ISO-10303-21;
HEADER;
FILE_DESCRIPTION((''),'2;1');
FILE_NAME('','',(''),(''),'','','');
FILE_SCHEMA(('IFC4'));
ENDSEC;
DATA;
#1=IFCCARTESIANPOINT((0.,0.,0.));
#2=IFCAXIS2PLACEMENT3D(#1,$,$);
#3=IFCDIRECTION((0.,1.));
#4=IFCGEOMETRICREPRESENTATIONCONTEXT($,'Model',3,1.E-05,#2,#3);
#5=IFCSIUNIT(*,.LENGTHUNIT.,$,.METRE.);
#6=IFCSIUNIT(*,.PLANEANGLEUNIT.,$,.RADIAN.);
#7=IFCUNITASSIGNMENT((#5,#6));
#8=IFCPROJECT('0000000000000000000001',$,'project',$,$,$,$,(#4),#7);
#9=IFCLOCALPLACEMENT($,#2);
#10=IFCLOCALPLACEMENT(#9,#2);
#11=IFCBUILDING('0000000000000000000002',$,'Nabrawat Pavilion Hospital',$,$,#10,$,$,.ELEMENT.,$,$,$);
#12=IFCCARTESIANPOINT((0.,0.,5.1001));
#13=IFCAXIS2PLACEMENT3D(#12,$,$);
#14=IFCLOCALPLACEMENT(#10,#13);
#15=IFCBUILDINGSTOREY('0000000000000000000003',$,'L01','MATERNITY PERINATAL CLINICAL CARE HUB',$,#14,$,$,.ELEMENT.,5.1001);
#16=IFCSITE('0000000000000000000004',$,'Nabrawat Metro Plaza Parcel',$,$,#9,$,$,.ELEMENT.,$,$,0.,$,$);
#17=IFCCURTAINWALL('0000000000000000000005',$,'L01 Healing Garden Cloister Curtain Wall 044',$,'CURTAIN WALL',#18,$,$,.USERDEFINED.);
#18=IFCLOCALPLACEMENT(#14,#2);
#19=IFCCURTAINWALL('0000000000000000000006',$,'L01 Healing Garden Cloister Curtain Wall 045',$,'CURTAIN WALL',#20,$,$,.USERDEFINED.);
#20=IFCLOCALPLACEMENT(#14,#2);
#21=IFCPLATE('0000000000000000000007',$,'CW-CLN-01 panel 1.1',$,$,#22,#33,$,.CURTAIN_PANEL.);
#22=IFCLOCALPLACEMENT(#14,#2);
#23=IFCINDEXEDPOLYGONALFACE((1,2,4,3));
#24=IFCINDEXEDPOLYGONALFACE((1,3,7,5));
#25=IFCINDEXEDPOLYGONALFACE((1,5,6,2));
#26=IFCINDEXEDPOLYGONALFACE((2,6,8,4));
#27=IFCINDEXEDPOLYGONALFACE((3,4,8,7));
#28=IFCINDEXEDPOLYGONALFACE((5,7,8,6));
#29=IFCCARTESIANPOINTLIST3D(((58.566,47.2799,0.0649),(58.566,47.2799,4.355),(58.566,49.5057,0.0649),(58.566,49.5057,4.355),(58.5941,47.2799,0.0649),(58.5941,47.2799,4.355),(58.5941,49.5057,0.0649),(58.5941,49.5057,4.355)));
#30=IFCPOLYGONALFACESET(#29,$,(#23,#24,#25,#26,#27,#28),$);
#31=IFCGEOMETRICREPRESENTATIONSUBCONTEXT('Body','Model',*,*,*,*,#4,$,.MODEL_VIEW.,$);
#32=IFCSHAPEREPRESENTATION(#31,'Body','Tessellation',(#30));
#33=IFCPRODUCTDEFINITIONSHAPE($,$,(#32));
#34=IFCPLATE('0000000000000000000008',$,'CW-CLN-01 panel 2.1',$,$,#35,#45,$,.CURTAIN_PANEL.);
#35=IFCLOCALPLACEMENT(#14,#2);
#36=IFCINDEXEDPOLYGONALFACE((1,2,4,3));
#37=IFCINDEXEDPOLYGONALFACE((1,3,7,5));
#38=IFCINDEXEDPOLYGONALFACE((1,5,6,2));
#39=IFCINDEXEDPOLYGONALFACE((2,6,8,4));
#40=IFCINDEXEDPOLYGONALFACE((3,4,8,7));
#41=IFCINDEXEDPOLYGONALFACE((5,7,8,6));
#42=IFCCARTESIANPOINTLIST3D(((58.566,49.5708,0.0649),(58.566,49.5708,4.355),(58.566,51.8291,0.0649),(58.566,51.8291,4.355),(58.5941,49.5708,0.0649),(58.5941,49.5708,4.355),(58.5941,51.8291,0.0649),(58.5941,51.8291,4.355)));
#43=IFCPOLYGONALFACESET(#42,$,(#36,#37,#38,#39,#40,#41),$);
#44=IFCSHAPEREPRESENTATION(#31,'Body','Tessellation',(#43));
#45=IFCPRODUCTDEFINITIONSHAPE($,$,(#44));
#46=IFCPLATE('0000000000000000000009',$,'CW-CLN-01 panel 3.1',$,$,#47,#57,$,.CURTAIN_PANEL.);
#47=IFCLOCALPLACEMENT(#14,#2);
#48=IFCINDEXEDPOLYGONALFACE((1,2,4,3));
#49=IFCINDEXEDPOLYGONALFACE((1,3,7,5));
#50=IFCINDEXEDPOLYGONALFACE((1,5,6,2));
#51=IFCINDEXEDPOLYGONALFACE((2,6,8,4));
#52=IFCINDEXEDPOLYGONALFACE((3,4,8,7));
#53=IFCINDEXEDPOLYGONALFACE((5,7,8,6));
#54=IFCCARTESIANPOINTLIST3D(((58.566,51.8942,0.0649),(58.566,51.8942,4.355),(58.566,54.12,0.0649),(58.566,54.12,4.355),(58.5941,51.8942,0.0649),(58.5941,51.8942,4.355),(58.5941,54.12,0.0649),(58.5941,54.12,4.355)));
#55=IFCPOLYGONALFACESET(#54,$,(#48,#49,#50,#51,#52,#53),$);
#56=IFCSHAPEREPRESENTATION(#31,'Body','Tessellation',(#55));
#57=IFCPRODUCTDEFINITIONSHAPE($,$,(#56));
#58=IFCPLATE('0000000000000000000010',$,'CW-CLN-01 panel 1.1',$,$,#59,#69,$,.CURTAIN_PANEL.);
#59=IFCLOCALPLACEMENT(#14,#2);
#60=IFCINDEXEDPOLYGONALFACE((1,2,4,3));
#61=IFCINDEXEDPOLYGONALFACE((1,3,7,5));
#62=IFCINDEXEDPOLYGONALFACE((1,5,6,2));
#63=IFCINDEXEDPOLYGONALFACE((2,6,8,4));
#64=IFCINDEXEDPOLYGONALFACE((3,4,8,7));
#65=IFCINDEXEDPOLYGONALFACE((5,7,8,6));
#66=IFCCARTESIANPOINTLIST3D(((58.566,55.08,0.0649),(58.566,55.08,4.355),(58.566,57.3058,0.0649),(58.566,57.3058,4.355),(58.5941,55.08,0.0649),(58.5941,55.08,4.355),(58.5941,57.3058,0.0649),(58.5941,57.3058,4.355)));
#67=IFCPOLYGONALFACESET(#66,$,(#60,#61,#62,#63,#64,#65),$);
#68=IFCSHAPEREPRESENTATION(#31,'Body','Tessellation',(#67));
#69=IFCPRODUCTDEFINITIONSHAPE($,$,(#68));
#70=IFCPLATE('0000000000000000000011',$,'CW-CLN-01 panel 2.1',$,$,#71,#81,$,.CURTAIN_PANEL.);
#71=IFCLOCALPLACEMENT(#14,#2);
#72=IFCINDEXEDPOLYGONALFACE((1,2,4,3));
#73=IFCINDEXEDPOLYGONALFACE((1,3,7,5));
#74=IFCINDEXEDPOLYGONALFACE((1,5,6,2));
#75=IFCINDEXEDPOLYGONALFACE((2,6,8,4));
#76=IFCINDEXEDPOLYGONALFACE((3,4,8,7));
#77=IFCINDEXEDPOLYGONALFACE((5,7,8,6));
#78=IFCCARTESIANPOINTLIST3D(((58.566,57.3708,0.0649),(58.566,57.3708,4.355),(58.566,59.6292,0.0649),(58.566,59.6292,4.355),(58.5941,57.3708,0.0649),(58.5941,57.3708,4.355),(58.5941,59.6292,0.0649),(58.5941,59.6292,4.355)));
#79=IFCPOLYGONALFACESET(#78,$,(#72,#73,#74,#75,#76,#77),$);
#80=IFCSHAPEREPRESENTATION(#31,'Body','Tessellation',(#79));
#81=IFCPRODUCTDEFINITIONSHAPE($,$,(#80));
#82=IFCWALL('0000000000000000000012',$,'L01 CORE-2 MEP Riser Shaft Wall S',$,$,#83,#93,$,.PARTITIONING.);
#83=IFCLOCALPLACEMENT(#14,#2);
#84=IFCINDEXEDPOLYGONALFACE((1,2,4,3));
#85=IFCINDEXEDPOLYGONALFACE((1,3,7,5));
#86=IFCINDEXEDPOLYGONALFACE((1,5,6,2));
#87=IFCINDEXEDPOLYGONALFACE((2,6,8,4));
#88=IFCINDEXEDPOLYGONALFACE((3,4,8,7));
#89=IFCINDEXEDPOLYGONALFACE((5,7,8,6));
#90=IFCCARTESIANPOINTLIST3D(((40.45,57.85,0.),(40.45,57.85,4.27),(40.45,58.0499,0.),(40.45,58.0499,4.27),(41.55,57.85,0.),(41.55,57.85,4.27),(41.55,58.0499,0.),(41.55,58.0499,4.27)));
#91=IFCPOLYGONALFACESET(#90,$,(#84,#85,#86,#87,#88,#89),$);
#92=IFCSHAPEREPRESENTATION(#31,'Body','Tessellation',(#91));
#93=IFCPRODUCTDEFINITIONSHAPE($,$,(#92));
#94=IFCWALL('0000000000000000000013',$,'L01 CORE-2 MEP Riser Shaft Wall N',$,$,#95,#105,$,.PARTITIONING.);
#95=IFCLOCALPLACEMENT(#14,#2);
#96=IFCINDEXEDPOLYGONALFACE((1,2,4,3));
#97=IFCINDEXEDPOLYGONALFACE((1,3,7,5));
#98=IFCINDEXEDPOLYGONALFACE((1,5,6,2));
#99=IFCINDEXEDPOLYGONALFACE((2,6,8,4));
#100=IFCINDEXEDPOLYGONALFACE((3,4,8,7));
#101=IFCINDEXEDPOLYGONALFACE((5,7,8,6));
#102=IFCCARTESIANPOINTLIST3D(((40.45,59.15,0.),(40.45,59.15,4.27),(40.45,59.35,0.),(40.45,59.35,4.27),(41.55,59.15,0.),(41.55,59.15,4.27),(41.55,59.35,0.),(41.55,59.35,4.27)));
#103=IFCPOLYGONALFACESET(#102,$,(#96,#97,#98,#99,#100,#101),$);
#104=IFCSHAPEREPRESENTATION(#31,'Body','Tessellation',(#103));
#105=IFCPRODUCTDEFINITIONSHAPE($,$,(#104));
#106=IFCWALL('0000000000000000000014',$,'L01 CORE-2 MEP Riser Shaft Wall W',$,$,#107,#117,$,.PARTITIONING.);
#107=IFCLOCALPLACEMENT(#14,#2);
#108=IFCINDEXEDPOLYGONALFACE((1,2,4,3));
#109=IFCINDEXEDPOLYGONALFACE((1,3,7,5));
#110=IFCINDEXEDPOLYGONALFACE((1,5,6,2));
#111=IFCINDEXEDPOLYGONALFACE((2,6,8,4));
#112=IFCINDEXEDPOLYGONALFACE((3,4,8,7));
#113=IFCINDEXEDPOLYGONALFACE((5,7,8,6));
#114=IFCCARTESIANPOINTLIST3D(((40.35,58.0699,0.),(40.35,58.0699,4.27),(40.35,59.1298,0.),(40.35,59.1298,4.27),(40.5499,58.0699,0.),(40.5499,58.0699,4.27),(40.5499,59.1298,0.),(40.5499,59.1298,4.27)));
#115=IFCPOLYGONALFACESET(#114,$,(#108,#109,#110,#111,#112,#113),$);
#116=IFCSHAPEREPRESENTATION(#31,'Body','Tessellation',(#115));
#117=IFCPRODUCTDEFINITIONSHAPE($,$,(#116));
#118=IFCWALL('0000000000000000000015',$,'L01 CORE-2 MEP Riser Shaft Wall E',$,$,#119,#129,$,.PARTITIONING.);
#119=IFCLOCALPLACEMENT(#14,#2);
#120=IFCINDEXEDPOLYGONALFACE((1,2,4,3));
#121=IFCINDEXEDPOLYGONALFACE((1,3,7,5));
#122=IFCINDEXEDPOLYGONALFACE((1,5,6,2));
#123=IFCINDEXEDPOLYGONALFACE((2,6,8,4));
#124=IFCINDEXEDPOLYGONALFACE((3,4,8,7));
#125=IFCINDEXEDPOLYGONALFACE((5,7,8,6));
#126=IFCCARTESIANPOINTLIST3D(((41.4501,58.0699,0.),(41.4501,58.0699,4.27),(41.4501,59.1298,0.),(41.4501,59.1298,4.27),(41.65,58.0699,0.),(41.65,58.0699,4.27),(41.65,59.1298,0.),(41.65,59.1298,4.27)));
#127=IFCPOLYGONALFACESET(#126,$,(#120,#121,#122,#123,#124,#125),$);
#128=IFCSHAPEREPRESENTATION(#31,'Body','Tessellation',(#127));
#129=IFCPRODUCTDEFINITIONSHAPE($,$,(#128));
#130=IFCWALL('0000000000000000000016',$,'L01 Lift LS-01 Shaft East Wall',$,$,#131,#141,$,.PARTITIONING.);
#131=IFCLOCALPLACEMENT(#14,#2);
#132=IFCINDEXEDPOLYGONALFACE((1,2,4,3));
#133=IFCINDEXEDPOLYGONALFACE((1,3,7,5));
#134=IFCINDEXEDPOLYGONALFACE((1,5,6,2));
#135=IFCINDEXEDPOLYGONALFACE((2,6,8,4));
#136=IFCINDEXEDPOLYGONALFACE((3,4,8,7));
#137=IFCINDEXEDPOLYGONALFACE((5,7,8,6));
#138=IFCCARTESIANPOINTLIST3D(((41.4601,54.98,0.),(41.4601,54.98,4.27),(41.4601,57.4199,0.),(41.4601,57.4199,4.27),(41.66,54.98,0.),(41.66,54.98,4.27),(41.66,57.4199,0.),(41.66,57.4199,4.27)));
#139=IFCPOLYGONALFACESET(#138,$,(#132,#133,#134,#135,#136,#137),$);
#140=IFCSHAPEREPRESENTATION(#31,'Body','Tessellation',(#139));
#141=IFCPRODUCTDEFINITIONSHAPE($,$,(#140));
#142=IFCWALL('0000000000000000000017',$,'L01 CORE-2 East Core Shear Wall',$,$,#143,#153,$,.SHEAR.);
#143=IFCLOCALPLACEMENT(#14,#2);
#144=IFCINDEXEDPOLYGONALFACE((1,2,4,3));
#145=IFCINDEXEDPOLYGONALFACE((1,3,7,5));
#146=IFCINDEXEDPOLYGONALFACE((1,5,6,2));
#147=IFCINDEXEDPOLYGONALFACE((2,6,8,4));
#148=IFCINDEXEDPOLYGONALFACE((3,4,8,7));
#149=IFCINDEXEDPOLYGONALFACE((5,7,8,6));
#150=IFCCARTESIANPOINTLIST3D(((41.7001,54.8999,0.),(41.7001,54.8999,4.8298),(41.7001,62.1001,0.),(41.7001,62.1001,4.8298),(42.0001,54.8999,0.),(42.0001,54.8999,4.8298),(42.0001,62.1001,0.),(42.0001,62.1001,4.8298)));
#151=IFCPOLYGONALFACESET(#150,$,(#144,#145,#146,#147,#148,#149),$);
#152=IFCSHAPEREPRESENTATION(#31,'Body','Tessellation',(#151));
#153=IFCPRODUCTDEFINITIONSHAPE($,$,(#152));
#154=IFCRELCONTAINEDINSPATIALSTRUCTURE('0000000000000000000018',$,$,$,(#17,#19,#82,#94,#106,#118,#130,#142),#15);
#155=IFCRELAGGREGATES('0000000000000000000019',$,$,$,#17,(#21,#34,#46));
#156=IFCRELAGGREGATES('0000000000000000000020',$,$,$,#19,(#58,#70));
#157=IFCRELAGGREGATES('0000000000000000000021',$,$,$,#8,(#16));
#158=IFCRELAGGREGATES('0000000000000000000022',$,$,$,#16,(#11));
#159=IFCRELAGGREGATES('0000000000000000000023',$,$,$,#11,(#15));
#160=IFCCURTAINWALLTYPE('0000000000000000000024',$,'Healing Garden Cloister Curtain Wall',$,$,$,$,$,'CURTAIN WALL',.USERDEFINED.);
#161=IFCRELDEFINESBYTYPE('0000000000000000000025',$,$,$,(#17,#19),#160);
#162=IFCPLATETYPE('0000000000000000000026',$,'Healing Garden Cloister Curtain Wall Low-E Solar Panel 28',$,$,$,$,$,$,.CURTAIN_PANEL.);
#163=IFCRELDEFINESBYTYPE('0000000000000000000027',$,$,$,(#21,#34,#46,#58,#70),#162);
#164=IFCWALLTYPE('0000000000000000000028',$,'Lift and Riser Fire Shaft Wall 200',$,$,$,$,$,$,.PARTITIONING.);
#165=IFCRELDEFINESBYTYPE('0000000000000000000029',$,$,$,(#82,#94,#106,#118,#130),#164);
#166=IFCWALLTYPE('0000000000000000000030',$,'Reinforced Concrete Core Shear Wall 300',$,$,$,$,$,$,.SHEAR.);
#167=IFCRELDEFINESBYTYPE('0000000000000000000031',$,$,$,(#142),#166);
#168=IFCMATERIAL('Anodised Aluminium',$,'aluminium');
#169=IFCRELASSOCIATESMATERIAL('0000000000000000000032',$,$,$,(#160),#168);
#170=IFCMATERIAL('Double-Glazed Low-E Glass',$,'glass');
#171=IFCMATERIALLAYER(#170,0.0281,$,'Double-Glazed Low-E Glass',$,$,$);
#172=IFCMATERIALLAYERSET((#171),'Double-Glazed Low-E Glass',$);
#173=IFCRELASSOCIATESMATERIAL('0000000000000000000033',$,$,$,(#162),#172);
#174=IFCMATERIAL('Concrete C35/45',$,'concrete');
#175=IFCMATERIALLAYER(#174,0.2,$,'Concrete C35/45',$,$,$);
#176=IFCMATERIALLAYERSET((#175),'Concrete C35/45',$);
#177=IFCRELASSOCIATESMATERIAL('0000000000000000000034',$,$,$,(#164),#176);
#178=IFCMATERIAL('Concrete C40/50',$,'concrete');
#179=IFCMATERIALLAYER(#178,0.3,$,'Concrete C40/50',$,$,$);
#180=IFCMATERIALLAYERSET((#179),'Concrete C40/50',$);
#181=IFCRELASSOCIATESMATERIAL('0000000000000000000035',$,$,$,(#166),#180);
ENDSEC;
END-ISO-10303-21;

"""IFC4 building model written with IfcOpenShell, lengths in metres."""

from ifc_helpers import new_model, si_unit, direction, frame, frame_2d, origin, origin_2d, place, context, subcontext, project, spatial, rectangle, extrude, material, layer, layer_set, type_object, element, aggregate, save


model = new_model("IFC4")

# Units and contexts
model_context = context("Model", 3, precision=1e-05, world=origin(), true_north=direction((0.0, 1.0)))
body_context = subcontext(model_context, "Body", "Model", "MODEL_VIEW")
ifc_project = project(units=[si_unit("LENGTHUNIT", "METRE"), si_unit("PLANEANGLEUNIT", "RADIAN")], contexts=[model_context])

# Site, building, storey
site_placement = place(None, origin())
site = spatial("IfcSite", under=ifc_project, at=site_placement, Name="Nabrawat Metro Plaza Parcel", CompositionType="ELEMENT", RefElevation=0.0)
building_placement = place(site_placement, origin())
building = spatial("IfcBuilding", under=site, at=building_placement, Name="Nabrawat Pavilion Hospital", CompositionType="ELEMENT")
storey_placement = place(building_placement, frame((0.0, 0.0, 5.1001)))
storey = spatial("IfcBuildingStorey", under=building, at=storey_placement, Name="L01", Description="MATERNITY PERINATAL CLINICAL CARE HUB", CompositionType="ELEMENT", Elevation=5.1001)

# Curtain walls
ifc_material_1 = material(Name="Anodised Aluminium", Category="aluminium")
curtain_wall_type = type_object("IfcCurtainWallType", Name="Healing Garden Cloister Curtain Wall", ElementType="CURTAIN WALL", PredefinedType="USERDEFINED", material=ifc_material_1)
curtain_wall_1_placement = place(storey_placement, origin())
curtain_wall_1 = element("IfcCurtainWall", 1, at=curtain_wall_1_placement, inside=storey, type_object=curtain_wall_type, Name="L01 Healing Garden Cloister Curtain Wall 044", ObjectType="CURTAIN WALL", PredefinedType="USERDEFINED")
curtain_wall_2_placement = place(storey_placement, origin())
curtain_wall_2 = element("IfcCurtainWall", 2, at=curtain_wall_2_placement, inside=storey, type_object=curtain_wall_type, Name="L01 Healing Garden Cloister Curtain Wall 045", ObjectType="CURTAIN WALL", PredefinedType="USERDEFINED")

# Plates
ifc_material_2 = material(Name="Double-Glazed Low-E Glass", Category="glass")
ifc_layer_1 = layer(ifc_material_2, 0.0281, Name="Double-Glazed Low-E Glass")
ifc_layer_set_1 = layer_set([ifc_layer_1], Name="Double-Glazed Low-E Glass")
plate_type = type_object("IfcPlateType", Name="Healing Garden Cloister Curtain Wall Low-E Solar Panel 28", PredefinedType="CURTAIN_PANEL", material=ifc_layer_set_1)
plate_1_placement = place(storey_placement, frame((58.5801, 48.3928, 0.0649), z_axis=(0.0, 0.0, 1.0), x_axis=(0.0, 1.0, 0.0)))
plate_1 = element("IfcPlate", 3, at=plate_1_placement, type_object=plate_type, Name="CW-CLN-01 panel 1.1", PredefinedType="CURTAIN_PANEL", context=body_context, shape_type="SweptSolid", body=[
    extrude(rectangle(XDim=2.2258, YDim=0.0281, at=origin_2d()), origin(), (0.0, 0.0, 1.0), 4.29),
])
plate_2_placement = place(storey_placement, frame((58.5801, 50.7, 0.0649), z_axis=(0.0, 0.0, 1.0), x_axis=(0.0, 1.0, 0.0)))
plate_2 = element("IfcPlate", 4, at=plate_2_placement, type_object=plate_type, Name="CW-CLN-01 panel 2.1", PredefinedType="CURTAIN_PANEL", context=body_context, shape_type="SweptSolid", body=[
    extrude(rectangle(XDim=2.2583, YDim=0.0281, at=origin_2d()), origin(), (0.0, 0.0, 1.0), 4.29),
])
plate_3_placement = place(storey_placement, frame((58.5801, 53.0071, 0.0649), z_axis=(0.0, 0.0, 1.0), x_axis=(0.0, 1.0, 0.0)))
plate_3 = element("IfcPlate", 5, at=plate_3_placement, type_object=plate_type, Name="CW-CLN-01 panel 3.1", PredefinedType="CURTAIN_PANEL", context=body_context, shape_type="SweptSolid", body=[
    extrude(rectangle(XDim=2.2258, YDim=0.0281, at=origin_2d()), origin(), (0.0, 0.0, 1.0), 4.29),
])
aggregate(curtain_wall_1, [plate_1, plate_2, plate_3])
plate_4_placement = place(storey_placement, frame((58.5801, 56.1929, 0.0649), z_axis=(0.0, 0.0, 1.0), x_axis=(0.0, 1.0, 0.0)))
plate_4 = element("IfcPlate", 6, at=plate_4_placement, type_object=plate_type, Name="CW-CLN-01 panel 1.1", PredefinedType="CURTAIN_PANEL", context=body_context, shape_type="SweptSolid", body=[
    extrude(rectangle(XDim=2.2258, YDim=0.0281, at=origin_2d()), origin(), (0.0, 0.0, 1.0), 4.29),
])
plate_5_placement = place(storey_placement, frame((58.5801, 58.5, 0.0649), z_axis=(0.0, 0.0, 1.0), x_axis=(0.0, 1.0, 0.0)))
plate_5 = element("IfcPlate", 7, at=plate_5_placement, type_object=plate_type, Name="CW-CLN-01 panel 2.1", PredefinedType="CURTAIN_PANEL", context=body_context, shape_type="SweptSolid", body=[
    extrude(rectangle(XDim=2.2583, YDim=0.0281, at=origin_2d()), origin(), (0.0, 0.0, 1.0), 4.29),
])
aggregate(curtain_wall_2, [plate_4, plate_5])

# Walls
ifc_material_3 = material(Name="Concrete C35/45", Category="concrete")
ifc_layer_2 = layer(ifc_material_3, 0.2, Name="Concrete C35/45")
ifc_layer_set_2 = layer_set([ifc_layer_2], Name="Concrete C35/45")
wall_type_1 = type_object("IfcWallType", Name="Lift and Riser Fire Shaft Wall 200", PredefinedType="PARTITIONING", material=ifc_layer_set_2)
for number, where, z_axis, x_axis, name in (
    (8, (40.45, 57.95, 0.0), (0.0, 0.0, 1.0), (1.0, 0.0, 0.0), "L01 CORE-2 MEP Riser Shaft Wall S"),
    (9, (40.45, 59.25, 0.0), (0.0, 0.0, 1.0), (1.0, 0.0, 0.0), "L01 CORE-2 MEP Riser Shaft Wall N"),
):
    element("IfcWall", number, at=place(storey_placement, frame(where, z_axis=z_axis, x_axis=x_axis)), inside=storey, type_object=wall_type_1, Name=name, PredefinedType="PARTITIONING", context=body_context, shape_type="SweptSolid", body=[
        extrude(rectangle(XDim=1.1001, YDim=0.2, at=frame_2d((0.55, 0.0))), origin(), (0.0, 0.0, 1.0), 4.27),
    ])
for number, where, z_axis, x_axis, name in (
    (10, (40.45, 58.0701, 0.0), (0.0, 0.0, 1.0), (0.0, 1.0, 0.0), "L01 CORE-2 MEP Riser Shaft Wall W"),
    (11, (41.55, 58.0701, 0.0), (0.0, 0.0, 1.0), (0.0, 1.0, 0.0), "L01 CORE-2 MEP Riser Shaft Wall E"),
):
    element("IfcWall", number, at=place(storey_placement, frame(where, z_axis=z_axis, x_axis=x_axis)), inside=storey, type_object=wall_type_1, Name=name, PredefinedType="PARTITIONING", context=body_context, shape_type="SweptSolid", body=[
        extrude(rectangle(XDim=1.0598, YDim=0.2, at=frame_2d((0.5298, 0.0))), origin(), (0.0, 0.0, 1.0), 4.27),
    ])
wall_1_placement = place(storey_placement, frame((41.5601, 54.98, 0.0), z_axis=(0.0, 0.0, 1.0), x_axis=(0.0, 1.0, 0.0)))
element("IfcWall", 12, at=wall_1_placement, inside=storey, type_object=wall_type_1, Name="L01 Lift LS-01 Shaft East Wall", PredefinedType="PARTITIONING", context=body_context, shape_type="SweptSolid", body=[
    extrude(rectangle(XDim=2.4399, YDim=0.2, at=frame_2d((1.22, 0.0))), origin(), (0.0, 0.0, 1.0), 4.27),
])
ifc_material_4 = material(Name="Concrete C40/50", Category="concrete")
ifc_layer_3 = layer(ifc_material_4, 0.3, Name="Concrete C40/50")
ifc_layer_set_3 = layer_set([ifc_layer_3], Name="Concrete C40/50")
wall_type_2 = type_object("IfcWallType", Name="Reinforced Concrete Core Shear Wall 300", PredefinedType="SHEAR", material=ifc_layer_set_3)
wall_2_placement = place(storey_placement, frame((41.8501, 54.8999, 0.0), z_axis=(0.0, 0.0, 1.0), x_axis=(0.0, 1.0, 0.0)))
element("IfcWall", 13, at=wall_2_placement, inside=storey, type_object=wall_type_2, Name="L01 CORE-2 East Core Shear Wall", PredefinedType="SHEAR", context=body_context, shape_type="SweptSolid", body=[
    extrude(rectangle(XDim=7.2002, YDim=0.3, at=frame_2d((3.6001, 0.0))), origin(), (0.0, 0.0, 1.0), 4.8298),
])

save(model, "model.ifc")
